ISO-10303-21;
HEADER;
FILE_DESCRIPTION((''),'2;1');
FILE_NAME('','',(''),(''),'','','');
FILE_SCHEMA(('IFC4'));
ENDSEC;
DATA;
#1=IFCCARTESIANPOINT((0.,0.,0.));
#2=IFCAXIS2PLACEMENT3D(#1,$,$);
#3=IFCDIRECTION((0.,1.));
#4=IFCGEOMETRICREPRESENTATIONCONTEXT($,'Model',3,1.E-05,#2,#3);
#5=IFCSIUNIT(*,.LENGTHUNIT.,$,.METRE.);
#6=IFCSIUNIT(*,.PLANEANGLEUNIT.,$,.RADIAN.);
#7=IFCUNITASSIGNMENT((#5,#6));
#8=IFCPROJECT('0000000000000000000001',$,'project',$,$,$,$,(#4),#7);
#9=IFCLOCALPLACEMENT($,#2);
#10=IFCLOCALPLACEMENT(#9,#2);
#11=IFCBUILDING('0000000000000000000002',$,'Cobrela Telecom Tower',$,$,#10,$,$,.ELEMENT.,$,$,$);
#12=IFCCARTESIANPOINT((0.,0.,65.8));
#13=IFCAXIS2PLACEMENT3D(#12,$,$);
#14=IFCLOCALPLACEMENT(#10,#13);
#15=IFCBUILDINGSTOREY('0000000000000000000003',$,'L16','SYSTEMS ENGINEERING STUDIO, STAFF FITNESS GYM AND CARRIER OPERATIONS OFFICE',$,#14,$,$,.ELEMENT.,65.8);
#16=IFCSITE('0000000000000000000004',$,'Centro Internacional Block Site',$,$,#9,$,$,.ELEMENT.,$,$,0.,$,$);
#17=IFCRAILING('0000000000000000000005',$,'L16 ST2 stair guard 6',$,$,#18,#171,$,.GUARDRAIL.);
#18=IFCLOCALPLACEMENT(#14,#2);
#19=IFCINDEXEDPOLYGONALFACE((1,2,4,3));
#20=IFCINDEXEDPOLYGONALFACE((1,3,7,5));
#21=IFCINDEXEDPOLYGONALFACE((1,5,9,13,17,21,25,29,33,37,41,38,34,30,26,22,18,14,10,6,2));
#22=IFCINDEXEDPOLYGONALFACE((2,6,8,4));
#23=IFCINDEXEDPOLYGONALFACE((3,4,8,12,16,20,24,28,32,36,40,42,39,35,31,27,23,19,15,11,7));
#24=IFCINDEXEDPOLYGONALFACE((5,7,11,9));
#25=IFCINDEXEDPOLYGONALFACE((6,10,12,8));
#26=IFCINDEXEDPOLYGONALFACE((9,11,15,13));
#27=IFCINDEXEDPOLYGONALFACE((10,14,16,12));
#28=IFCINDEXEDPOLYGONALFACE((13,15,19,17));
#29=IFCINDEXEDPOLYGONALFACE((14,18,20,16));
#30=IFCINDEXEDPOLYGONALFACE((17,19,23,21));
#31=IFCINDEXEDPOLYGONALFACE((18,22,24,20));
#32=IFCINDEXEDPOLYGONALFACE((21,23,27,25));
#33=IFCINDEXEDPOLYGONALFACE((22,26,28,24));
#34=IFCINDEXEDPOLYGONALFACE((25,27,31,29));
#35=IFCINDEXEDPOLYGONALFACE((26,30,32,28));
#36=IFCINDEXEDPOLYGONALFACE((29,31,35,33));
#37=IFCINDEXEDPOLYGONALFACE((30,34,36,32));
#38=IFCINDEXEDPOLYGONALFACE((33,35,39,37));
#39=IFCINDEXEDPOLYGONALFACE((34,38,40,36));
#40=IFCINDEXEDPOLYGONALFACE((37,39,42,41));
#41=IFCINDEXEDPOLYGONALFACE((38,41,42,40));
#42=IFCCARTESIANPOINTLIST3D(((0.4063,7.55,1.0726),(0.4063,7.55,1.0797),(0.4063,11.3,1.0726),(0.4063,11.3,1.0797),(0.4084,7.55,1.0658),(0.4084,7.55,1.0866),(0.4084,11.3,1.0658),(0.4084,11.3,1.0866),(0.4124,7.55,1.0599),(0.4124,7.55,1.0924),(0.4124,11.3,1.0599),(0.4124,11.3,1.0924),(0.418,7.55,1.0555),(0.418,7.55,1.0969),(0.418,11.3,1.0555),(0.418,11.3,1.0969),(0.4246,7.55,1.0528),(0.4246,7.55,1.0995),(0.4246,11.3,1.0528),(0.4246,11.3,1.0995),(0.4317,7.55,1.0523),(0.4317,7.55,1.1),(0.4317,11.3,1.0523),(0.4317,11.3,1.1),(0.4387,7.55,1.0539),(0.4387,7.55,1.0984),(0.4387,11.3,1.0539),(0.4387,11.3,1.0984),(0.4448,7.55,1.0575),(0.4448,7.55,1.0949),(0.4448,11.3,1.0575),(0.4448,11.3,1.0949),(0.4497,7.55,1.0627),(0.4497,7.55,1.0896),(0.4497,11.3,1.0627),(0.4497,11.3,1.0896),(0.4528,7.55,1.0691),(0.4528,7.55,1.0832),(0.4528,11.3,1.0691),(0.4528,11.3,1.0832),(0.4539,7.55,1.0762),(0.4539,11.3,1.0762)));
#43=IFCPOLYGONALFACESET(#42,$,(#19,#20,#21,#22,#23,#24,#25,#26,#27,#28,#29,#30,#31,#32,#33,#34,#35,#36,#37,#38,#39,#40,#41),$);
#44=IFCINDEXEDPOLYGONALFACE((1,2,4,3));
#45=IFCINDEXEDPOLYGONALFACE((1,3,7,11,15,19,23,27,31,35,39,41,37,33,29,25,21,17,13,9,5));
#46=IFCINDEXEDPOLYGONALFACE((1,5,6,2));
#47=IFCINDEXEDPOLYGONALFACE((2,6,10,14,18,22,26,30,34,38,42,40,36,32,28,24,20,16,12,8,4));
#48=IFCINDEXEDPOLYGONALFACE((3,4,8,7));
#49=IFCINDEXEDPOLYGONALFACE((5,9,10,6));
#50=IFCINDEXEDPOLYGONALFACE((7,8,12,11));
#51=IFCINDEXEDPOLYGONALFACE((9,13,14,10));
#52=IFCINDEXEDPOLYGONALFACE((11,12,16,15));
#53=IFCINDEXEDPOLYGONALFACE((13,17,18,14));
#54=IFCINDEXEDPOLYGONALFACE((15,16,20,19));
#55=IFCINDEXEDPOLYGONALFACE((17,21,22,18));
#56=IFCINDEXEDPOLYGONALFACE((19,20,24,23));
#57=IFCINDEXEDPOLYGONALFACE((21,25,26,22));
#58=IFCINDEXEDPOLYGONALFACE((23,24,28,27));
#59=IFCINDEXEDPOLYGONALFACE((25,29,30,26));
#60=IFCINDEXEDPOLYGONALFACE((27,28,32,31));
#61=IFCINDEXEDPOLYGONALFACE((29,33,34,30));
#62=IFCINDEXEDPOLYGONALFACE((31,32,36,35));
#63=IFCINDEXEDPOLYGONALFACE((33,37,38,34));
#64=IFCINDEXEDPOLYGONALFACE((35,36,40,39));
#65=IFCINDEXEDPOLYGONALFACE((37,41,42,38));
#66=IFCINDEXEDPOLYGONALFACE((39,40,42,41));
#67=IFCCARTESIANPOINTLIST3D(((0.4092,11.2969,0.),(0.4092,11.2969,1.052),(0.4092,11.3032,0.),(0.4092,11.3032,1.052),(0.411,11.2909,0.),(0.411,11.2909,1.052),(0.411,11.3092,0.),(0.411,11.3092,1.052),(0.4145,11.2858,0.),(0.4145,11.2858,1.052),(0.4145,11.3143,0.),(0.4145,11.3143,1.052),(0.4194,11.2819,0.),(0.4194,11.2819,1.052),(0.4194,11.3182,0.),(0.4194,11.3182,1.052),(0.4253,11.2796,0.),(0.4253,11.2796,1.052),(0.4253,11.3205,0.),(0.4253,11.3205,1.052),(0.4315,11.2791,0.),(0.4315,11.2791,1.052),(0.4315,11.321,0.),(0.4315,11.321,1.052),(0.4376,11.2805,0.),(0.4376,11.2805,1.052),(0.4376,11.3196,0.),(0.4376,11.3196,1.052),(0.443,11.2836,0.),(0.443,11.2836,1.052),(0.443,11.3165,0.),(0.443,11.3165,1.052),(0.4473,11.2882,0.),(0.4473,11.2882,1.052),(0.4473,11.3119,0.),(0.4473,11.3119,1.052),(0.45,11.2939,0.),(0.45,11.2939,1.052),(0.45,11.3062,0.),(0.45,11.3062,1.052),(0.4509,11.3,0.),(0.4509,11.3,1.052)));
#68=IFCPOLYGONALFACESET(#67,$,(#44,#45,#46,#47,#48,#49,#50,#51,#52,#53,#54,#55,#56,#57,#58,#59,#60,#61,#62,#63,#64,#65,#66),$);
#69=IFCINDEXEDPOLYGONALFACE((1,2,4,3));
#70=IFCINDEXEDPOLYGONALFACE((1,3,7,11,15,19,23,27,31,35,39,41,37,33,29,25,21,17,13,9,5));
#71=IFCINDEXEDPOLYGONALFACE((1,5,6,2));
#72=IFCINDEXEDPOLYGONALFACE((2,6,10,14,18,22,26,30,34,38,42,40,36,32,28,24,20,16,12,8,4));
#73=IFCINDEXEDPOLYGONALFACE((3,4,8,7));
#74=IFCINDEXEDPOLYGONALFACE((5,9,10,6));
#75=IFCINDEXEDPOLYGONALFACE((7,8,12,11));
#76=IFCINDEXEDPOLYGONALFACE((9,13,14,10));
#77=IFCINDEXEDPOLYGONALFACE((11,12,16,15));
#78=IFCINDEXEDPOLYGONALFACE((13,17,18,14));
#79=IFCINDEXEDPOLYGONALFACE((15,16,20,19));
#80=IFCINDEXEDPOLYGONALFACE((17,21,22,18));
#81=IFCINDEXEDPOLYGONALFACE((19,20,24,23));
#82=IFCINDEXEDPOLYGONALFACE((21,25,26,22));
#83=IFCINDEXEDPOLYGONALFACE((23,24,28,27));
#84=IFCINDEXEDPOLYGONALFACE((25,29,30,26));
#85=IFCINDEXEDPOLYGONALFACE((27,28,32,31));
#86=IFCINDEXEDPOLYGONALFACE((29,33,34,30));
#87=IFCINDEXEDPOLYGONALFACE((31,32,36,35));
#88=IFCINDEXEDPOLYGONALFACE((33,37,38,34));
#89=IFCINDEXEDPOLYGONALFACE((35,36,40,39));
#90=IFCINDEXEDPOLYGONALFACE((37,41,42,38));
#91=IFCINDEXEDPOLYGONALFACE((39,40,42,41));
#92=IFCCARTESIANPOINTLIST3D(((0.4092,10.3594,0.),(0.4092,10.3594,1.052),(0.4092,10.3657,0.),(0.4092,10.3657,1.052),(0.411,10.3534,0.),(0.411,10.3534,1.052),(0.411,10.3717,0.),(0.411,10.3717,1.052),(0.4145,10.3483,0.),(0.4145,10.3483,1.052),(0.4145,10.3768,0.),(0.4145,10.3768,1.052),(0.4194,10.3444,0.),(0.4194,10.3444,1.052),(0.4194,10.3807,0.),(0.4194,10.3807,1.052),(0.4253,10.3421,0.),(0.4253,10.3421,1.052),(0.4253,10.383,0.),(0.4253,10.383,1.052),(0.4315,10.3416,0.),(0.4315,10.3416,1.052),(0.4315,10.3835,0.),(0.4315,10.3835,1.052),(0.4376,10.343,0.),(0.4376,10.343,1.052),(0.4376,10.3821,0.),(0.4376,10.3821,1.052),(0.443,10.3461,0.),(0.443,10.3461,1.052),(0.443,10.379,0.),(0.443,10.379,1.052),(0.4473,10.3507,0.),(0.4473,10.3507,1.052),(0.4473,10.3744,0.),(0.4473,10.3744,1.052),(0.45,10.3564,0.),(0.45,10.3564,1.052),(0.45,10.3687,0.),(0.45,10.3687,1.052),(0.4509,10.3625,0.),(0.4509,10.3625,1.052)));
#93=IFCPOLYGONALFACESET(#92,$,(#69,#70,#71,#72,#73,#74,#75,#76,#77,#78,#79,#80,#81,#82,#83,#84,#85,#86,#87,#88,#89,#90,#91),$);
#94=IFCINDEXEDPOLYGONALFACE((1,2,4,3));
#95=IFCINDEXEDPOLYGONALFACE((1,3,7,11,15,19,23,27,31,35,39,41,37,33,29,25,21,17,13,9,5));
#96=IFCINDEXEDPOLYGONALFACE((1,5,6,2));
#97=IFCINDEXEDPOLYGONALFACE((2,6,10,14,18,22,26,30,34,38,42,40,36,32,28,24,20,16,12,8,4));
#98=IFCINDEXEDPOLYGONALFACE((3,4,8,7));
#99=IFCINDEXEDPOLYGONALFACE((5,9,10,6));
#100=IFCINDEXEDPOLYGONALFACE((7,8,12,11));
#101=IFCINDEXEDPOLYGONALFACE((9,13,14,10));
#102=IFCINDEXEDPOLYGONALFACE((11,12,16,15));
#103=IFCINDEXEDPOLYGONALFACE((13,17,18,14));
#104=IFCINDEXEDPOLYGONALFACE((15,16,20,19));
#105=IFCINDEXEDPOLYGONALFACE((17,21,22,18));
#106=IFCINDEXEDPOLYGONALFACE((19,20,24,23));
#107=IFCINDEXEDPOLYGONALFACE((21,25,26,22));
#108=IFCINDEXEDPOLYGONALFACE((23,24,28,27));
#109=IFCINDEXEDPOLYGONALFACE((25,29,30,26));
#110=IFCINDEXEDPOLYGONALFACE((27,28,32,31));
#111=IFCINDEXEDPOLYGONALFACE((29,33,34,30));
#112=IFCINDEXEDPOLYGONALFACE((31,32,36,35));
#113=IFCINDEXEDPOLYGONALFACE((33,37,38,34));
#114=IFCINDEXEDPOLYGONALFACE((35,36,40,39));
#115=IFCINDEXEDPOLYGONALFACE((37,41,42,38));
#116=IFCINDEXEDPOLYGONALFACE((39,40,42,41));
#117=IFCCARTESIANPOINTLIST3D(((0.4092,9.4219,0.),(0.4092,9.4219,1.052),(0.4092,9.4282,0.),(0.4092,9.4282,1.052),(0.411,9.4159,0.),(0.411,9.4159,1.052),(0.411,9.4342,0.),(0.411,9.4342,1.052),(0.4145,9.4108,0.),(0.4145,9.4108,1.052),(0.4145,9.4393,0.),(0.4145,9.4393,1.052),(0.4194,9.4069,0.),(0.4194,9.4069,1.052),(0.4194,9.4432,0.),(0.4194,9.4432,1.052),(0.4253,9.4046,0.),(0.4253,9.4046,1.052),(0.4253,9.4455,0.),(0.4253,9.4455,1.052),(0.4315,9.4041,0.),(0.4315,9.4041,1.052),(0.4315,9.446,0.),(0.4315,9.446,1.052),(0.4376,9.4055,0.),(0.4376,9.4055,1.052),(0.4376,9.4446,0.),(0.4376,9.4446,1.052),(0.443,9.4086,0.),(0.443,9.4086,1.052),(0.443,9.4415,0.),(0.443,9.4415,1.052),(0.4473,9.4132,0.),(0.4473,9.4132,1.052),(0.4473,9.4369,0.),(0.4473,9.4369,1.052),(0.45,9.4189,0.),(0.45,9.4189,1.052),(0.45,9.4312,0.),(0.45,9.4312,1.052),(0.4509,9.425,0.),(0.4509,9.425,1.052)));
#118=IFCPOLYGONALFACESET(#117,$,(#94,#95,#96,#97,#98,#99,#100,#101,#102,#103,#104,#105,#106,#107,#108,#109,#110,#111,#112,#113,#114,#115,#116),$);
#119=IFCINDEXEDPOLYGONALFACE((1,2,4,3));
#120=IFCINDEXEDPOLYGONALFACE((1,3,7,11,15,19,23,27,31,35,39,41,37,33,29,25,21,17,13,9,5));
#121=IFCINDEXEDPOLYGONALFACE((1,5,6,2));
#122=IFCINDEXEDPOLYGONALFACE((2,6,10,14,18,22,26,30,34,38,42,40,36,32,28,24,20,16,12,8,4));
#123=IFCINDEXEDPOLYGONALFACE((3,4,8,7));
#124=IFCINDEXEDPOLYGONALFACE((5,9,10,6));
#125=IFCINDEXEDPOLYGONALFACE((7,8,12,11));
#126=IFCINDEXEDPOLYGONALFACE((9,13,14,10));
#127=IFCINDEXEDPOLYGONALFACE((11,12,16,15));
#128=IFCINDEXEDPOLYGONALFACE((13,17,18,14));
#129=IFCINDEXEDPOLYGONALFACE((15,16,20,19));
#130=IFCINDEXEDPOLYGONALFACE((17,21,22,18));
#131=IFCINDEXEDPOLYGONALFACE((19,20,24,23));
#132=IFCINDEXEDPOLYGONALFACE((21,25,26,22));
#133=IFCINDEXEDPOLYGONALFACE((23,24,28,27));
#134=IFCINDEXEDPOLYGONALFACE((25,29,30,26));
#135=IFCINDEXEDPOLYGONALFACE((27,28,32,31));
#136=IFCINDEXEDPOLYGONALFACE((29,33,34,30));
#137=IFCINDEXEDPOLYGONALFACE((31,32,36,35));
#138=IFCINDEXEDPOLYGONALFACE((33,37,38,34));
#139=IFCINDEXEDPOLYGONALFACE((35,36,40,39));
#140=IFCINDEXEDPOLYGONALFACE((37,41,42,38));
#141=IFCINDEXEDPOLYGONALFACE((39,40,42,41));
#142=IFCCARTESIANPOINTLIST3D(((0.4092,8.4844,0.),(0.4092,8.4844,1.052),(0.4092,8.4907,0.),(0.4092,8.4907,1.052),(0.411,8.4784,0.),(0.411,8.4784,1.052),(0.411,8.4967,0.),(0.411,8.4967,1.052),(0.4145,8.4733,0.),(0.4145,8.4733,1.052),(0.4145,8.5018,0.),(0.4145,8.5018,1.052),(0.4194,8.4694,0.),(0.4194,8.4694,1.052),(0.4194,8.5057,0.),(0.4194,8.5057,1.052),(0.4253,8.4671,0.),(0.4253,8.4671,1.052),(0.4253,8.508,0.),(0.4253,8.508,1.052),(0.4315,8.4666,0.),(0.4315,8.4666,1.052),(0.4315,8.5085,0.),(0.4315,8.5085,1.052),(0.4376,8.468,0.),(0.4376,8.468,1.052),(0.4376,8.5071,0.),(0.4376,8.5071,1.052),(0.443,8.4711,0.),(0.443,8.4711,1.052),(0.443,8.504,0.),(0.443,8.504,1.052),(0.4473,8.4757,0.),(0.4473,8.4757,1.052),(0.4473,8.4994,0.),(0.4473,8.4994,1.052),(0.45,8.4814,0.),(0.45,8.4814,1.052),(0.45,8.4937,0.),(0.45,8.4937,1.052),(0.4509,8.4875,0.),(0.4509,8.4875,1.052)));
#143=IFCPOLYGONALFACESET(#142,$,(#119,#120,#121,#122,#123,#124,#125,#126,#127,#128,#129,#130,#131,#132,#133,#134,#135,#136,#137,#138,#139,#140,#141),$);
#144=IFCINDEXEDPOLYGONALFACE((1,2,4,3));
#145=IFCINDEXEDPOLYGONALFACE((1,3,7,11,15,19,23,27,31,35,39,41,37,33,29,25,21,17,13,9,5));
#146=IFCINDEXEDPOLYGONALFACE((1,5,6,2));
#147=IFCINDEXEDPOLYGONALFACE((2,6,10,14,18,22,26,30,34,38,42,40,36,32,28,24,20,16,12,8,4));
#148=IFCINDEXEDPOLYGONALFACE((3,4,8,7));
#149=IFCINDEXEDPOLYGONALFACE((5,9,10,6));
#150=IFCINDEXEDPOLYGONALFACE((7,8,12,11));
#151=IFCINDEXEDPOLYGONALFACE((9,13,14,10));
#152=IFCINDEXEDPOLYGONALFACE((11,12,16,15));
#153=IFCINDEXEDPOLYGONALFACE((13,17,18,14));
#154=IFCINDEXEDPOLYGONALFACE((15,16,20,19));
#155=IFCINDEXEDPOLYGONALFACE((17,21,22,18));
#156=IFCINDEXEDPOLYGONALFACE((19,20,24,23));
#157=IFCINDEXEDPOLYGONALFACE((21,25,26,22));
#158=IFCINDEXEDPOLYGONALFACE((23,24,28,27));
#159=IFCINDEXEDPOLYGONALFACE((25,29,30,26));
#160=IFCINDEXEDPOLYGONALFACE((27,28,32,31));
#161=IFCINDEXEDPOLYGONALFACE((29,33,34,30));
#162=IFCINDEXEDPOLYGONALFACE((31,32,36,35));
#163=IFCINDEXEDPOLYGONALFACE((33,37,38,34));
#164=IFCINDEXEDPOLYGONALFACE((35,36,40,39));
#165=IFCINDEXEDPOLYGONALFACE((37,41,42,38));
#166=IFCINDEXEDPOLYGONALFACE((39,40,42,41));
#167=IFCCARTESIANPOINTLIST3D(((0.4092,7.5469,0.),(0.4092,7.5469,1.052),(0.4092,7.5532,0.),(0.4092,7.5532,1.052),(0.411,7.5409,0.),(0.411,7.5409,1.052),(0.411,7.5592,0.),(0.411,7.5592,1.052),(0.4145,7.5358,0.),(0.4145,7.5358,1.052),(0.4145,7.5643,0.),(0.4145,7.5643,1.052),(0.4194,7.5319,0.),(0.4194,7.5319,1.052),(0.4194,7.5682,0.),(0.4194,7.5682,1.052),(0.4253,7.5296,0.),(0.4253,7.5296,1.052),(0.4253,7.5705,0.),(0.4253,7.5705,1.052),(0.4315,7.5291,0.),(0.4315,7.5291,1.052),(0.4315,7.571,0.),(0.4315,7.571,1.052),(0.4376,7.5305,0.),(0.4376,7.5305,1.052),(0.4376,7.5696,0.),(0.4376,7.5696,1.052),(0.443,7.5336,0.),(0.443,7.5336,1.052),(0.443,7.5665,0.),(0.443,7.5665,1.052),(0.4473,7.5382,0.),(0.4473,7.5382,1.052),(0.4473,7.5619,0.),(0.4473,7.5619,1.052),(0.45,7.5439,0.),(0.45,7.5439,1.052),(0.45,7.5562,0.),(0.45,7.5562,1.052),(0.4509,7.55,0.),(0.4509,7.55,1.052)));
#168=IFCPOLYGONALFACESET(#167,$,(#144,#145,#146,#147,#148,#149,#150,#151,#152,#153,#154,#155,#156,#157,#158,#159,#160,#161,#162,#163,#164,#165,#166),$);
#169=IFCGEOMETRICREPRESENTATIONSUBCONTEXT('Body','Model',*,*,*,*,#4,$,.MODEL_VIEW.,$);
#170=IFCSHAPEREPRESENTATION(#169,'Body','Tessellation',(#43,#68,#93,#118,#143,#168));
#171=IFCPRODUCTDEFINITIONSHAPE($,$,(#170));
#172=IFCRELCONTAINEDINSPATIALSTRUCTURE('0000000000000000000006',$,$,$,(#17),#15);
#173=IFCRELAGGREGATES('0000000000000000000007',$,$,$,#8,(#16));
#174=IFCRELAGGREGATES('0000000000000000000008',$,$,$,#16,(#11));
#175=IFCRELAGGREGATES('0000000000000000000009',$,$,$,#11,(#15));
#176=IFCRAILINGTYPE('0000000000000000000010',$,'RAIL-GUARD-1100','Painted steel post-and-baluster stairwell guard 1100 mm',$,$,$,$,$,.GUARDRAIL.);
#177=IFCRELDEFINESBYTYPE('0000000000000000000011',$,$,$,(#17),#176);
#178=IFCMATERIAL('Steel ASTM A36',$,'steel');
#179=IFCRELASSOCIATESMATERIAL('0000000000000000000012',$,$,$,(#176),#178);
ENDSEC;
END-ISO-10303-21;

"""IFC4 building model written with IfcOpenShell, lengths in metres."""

from ifc_helpers import new_model, si_unit, direction, frame, origin, origin_2d, place, context, subcontext, project, spatial, circle, extrude, material, type_object, element, save


model = new_model("IFC4")

# Units and contexts
model_context = context("Model", 3, precision=1e-05, world=origin(), true_north=direction((0.0, 1.0)))
body_context = subcontext(model_context, "Body", "Model", "MODEL_VIEW")
ifc_project = project(units=[si_unit("LENGTHUNIT", "METRE"), si_unit("PLANEANGLEUNIT", "RADIAN")], contexts=[model_context])

# Site, building, storey
site_placement = place(None, origin())
site = spatial("IfcSite", under=ifc_project, at=site_placement, Name="Centro Internacional Block Site", CompositionType="ELEMENT", RefElevation=0.0)
building_placement = place(site_placement, origin())
building = spatial("IfcBuilding", under=site, at=building_placement, Name="Cobrela Telecom Tower", CompositionType="ELEMENT")
storey_placement = place(building_placement, frame((0.0, 0.0, 65.8)))
storey = spatial("IfcBuildingStorey", under=building, at=storey_placement, Name="L16", Description="SYSTEMS ENGINEERING STUDIO, STAFF FITNESS GYM AND CARRIER OPERATIONS OFFICE", CompositionType="ELEMENT", Elevation=65.8)

# Railing
ifc_material_1 = material(Name="Steel ASTM A36", Category="steel")
railing_type_1 = type_object("IfcRailingType", Name="RAIL-GUARD-1100", Description="Painted steel post-and-baluster stairwell guard 1100 mm", PredefinedType="GUARDRAIL", material=ifc_material_1)
railing_1_placement = place(storey_placement, frame((0.4299, 11.3, 0.0)))
element("IfcRailing", 1, at=railing_1_placement, inside=storey, type_object=railing_type_1, Name="L16 ST2 stair guard 6", PredefinedType="GUARDRAIL", context=body_context, shape_type="SweptSolid", body=[
    extrude(circle(Radius=0.0239, at=origin_2d()), frame((0.0, 0.0, 1.0762), z_axis=(0.0, -1.0, 0.0), x_axis=(1.0, 0.0, 0.0)), (0.0, 0.0, 1.0), 3.75),
    extrude(circle(Radius=0.021, at=origin_2d()), origin(), (0.0, 0.0, 1.0), 1.052),
    extrude(circle(Radius=0.021, at=origin_2d()), frame((0.0, -0.9375, 0.0)), (0.0, 0.0, 1.0), 1.052),
    extrude(circle(Radius=0.021, at=origin_2d()), frame((0.0, -1.875, 0.0)), (0.0, 0.0, 1.0), 1.052),
    extrude(circle(Radius=0.021, at=origin_2d()), frame((0.0, -2.8125, 0.0)), (0.0, 0.0, 1.0), 1.052),
    extrude(circle(Radius=0.021, at=origin_2d()), frame((0.0, -3.75, 0.0)), (0.0, 0.0, 1.0), 1.052),
])

save(model, "model.ifc")
